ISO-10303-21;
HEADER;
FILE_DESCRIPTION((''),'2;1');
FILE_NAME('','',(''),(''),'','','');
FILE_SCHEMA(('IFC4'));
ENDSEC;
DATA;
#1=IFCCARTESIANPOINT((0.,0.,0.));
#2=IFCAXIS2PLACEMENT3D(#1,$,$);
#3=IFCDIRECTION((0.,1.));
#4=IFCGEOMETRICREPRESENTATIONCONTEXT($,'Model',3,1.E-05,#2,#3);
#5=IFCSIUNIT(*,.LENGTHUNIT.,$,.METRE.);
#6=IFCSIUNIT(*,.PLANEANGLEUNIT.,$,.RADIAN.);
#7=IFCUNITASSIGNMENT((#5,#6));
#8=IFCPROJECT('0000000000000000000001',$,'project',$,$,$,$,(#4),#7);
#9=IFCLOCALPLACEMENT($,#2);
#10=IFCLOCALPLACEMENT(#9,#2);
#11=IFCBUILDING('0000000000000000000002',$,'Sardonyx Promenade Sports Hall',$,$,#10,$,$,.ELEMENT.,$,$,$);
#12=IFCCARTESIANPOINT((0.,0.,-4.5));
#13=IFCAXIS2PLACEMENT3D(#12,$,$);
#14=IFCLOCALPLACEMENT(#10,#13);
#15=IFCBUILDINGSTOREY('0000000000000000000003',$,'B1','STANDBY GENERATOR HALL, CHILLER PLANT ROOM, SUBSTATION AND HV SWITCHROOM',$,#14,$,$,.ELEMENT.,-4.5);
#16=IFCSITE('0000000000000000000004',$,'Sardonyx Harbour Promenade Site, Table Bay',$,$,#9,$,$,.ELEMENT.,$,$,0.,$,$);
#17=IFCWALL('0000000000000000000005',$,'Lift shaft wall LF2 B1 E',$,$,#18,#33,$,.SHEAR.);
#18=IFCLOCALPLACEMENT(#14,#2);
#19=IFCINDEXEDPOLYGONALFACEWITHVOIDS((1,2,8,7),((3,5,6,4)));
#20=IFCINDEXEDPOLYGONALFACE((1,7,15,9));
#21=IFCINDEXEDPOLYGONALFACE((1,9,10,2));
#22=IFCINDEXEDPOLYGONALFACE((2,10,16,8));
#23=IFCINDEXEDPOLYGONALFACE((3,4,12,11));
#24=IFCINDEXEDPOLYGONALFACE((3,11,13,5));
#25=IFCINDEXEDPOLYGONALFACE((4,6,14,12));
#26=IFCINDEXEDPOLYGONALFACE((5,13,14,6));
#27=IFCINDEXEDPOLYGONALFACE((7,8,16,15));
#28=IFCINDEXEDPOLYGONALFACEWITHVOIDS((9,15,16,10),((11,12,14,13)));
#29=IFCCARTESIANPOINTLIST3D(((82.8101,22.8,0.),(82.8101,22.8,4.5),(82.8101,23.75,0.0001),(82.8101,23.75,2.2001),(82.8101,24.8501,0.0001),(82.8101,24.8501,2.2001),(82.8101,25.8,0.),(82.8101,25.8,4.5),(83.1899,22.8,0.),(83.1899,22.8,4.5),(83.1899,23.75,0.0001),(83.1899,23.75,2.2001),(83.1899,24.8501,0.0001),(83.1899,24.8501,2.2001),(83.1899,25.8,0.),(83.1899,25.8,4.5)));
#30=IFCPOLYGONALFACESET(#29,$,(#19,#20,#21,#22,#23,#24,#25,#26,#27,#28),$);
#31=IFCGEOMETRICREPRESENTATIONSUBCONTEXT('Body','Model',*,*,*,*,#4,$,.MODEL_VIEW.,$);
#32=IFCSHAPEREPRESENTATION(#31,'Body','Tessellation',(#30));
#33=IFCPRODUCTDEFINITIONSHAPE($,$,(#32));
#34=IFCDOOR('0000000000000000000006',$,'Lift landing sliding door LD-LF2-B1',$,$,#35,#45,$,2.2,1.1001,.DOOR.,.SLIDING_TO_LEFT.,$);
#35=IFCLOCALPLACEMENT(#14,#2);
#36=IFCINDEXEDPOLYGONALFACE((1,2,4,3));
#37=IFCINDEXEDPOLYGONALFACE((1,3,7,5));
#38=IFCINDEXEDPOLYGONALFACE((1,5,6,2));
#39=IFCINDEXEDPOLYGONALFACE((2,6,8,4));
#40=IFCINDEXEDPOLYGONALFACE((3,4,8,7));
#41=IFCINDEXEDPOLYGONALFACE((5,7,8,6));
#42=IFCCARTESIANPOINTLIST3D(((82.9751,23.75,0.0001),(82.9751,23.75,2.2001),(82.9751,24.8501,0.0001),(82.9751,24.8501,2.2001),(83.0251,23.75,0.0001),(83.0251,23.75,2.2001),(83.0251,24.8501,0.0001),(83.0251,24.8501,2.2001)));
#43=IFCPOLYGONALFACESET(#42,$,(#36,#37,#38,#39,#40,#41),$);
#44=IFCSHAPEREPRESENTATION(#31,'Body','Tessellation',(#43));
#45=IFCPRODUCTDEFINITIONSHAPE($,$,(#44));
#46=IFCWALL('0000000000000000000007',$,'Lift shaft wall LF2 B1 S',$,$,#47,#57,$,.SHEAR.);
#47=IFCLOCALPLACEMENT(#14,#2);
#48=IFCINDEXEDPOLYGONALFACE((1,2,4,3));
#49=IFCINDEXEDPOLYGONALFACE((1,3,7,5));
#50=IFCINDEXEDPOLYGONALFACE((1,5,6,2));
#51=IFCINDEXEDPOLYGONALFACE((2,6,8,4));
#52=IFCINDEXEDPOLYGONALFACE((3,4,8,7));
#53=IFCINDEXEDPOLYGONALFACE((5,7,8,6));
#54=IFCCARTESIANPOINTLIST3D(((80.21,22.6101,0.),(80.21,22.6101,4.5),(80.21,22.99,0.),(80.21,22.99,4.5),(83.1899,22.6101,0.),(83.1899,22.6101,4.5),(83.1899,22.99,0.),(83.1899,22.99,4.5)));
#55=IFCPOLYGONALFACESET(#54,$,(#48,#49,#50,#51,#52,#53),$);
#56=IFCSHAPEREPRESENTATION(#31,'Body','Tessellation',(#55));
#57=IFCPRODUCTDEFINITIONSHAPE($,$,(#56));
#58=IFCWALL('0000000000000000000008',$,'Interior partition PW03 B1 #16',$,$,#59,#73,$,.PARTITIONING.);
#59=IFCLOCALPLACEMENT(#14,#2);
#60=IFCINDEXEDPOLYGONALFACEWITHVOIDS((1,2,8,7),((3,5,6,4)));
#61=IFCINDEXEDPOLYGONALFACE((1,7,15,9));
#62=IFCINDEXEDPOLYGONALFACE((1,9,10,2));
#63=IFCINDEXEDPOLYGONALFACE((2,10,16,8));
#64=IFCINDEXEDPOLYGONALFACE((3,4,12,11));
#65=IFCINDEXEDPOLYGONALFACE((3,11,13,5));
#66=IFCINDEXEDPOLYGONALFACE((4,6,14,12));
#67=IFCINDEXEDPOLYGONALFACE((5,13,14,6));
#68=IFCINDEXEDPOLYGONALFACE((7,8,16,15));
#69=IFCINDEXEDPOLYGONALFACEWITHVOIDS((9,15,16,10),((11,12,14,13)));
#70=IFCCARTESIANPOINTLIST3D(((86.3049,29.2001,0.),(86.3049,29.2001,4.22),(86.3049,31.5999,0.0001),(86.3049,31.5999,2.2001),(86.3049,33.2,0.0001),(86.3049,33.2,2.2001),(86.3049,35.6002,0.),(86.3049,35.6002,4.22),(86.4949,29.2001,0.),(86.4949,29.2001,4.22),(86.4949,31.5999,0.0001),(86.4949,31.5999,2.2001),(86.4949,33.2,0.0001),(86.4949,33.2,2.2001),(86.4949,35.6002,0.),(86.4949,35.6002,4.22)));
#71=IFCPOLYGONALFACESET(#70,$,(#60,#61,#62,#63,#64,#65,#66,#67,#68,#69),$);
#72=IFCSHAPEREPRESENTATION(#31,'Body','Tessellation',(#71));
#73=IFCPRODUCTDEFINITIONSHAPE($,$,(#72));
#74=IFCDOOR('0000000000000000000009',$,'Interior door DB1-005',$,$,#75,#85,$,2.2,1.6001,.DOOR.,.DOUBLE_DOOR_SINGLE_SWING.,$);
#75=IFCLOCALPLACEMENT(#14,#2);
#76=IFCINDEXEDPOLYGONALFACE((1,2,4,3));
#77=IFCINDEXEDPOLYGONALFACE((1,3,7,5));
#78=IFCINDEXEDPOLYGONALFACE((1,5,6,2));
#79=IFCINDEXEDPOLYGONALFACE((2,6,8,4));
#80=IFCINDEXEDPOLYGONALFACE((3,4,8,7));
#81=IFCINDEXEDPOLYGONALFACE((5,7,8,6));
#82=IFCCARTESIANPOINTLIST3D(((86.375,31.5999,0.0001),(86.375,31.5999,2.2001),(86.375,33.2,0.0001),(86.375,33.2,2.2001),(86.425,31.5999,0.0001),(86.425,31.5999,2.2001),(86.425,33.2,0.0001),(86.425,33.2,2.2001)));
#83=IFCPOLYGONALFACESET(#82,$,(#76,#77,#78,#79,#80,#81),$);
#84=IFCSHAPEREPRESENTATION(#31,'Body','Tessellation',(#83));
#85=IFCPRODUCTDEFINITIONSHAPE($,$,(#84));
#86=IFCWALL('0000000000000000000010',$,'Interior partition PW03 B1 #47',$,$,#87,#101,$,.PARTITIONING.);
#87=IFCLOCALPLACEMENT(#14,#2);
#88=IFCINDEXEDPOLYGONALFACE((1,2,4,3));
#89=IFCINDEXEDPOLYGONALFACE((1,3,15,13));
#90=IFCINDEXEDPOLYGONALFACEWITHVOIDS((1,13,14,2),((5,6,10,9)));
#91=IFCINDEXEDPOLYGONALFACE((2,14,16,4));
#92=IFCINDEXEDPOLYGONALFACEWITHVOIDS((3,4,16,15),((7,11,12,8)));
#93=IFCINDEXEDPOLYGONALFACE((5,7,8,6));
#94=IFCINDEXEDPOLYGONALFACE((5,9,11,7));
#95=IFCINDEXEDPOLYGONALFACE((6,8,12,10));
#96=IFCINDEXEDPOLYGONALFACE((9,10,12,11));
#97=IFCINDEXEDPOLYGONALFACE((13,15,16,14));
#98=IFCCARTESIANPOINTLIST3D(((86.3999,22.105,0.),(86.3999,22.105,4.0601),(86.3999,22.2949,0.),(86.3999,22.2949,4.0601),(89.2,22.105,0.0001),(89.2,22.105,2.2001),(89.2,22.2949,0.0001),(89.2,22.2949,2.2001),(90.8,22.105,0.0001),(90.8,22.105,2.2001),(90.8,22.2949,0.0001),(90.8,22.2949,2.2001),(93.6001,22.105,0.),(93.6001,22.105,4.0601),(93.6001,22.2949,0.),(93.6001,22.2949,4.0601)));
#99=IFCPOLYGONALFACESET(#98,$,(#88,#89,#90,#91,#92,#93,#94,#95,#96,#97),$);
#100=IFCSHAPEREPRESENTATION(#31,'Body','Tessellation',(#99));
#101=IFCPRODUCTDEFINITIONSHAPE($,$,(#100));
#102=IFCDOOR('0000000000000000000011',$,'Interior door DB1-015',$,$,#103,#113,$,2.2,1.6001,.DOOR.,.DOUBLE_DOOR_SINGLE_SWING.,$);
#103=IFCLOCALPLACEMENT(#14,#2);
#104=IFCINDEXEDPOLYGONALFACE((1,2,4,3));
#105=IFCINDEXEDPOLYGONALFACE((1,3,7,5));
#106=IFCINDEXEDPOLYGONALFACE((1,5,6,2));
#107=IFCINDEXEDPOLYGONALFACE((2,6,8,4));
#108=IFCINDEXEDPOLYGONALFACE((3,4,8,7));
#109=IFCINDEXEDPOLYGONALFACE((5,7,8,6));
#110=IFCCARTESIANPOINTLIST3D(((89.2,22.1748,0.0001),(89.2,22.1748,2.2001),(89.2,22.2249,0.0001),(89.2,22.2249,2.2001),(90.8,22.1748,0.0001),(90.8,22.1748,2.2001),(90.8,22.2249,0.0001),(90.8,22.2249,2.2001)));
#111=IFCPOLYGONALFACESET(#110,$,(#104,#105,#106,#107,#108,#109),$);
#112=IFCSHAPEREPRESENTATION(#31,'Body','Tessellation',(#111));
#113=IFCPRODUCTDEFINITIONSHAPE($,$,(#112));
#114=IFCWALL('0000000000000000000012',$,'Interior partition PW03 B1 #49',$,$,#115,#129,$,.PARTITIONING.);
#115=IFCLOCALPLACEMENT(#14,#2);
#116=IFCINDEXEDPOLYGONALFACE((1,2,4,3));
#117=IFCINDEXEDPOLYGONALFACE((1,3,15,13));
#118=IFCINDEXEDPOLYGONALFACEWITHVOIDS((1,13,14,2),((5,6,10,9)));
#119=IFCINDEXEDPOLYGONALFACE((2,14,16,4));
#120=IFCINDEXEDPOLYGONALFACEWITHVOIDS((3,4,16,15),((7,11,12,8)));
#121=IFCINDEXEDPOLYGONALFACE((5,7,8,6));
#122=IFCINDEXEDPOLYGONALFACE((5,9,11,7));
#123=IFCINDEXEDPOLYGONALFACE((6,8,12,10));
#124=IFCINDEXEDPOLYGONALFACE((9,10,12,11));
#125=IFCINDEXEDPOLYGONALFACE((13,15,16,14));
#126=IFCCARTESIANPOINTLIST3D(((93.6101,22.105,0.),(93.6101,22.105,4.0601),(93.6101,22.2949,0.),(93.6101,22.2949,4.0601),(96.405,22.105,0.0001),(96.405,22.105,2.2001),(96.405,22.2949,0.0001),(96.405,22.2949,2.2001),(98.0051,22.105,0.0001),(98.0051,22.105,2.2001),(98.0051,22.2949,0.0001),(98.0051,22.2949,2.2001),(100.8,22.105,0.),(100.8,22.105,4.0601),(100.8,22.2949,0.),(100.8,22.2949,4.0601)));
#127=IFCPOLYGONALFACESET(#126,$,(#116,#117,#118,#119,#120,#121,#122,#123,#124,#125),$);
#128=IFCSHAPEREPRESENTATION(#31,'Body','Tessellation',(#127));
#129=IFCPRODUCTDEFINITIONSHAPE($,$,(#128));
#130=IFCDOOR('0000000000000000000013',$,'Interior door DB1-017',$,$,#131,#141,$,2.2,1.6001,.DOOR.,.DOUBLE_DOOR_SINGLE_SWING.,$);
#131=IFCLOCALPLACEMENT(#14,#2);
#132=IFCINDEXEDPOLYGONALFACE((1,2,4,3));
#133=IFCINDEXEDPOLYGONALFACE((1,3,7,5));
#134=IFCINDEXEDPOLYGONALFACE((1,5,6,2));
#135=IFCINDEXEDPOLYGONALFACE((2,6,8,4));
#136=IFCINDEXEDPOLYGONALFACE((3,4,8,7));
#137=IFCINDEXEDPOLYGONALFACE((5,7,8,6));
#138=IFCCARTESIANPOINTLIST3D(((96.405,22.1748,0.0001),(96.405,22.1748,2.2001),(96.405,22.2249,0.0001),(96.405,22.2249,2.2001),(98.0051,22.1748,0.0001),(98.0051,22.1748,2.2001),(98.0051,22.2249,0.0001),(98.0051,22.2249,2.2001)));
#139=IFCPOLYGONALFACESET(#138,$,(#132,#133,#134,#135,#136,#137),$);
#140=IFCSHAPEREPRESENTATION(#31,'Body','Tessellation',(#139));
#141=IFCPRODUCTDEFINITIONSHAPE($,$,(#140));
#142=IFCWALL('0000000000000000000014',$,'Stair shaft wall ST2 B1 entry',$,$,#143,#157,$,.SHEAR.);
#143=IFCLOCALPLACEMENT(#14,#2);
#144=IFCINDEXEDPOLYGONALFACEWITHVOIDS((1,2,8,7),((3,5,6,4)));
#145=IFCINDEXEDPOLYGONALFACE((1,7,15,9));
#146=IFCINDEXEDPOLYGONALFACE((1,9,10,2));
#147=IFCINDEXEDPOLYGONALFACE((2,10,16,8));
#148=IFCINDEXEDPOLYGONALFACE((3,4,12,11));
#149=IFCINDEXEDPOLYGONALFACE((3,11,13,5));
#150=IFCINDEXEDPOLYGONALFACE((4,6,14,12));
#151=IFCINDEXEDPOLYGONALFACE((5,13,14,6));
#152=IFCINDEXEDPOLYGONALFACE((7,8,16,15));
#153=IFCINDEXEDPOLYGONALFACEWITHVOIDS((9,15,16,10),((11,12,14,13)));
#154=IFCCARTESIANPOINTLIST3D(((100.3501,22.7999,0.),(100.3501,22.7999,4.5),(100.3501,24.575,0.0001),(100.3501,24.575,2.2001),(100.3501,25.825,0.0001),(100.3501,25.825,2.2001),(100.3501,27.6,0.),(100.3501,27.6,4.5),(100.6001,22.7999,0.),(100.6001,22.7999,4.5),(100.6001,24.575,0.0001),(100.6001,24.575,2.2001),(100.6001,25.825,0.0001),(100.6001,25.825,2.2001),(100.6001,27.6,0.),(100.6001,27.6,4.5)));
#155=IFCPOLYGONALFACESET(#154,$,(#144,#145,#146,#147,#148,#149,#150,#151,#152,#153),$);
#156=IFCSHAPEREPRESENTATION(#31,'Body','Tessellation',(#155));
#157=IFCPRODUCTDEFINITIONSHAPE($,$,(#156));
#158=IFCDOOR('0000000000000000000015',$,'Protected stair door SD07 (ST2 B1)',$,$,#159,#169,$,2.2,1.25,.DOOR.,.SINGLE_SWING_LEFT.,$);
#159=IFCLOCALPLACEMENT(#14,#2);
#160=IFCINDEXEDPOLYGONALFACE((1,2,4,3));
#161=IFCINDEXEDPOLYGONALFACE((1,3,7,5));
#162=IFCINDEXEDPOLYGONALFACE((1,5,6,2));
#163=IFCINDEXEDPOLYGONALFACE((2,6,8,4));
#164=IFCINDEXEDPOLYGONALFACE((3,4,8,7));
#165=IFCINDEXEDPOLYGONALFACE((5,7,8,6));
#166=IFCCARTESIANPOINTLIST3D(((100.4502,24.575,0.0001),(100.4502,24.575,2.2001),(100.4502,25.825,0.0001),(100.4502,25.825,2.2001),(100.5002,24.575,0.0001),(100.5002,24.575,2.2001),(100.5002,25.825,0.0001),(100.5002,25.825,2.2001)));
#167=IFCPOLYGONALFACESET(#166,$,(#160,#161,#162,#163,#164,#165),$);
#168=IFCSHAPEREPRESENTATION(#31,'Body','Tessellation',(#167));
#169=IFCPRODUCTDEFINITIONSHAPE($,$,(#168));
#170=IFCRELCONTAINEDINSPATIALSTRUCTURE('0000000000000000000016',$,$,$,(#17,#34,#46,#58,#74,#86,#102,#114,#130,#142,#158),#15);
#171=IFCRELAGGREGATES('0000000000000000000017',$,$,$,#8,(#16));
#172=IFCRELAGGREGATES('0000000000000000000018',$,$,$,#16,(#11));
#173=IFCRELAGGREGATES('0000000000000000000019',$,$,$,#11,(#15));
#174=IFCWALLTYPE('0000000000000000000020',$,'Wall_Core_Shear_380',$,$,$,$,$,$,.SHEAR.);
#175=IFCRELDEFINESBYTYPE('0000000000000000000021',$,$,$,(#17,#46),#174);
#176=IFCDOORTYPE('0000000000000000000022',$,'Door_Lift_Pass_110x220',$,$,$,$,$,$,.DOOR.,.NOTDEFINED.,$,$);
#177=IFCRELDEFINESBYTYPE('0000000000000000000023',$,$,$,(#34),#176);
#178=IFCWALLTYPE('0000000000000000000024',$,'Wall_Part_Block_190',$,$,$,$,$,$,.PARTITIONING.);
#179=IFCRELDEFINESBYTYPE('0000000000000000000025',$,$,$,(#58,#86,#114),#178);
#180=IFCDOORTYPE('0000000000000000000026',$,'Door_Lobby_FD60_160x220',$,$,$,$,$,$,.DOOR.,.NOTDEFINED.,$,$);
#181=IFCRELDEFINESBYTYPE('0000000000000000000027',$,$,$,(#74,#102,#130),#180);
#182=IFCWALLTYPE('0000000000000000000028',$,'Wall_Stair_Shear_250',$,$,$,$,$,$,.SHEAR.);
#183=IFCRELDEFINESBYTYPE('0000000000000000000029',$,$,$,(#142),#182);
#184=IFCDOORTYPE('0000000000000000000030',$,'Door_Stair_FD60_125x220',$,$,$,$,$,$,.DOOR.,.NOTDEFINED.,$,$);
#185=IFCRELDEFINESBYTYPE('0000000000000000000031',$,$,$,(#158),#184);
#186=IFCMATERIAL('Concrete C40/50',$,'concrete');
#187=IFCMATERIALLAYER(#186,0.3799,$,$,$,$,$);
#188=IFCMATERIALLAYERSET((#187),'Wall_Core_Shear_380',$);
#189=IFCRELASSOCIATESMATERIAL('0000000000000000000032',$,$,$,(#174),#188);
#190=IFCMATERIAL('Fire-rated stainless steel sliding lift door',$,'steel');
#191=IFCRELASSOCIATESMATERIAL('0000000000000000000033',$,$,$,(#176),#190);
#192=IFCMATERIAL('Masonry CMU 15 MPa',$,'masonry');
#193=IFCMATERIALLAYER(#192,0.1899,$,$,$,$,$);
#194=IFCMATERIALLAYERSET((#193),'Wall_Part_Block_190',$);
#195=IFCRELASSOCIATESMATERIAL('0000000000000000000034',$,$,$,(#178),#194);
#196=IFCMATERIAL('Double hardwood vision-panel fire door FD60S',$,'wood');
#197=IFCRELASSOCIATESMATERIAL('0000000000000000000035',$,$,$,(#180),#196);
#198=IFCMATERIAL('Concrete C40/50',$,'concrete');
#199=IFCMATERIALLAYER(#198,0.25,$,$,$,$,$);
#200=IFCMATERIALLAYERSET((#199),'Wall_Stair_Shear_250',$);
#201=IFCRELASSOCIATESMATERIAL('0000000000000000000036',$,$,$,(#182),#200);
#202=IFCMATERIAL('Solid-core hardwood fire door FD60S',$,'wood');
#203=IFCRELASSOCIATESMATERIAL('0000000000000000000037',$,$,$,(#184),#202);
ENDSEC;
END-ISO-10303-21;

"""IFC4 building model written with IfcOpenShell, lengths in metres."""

from ifc_helpers import new_model, si_unit, direction, frame, frame_2d, origin, place, context, subcontext, project, spatial, rectangle, extrude, material, layer, layer_set, type_object, element, fill, save


model = new_model("IFC4")

# Units and contexts
model_context = context("Model", 3, precision=1e-05, world=origin(), true_north=direction((0.0, 1.0)))
body_context = subcontext(model_context, "Body", "Model", "MODEL_VIEW")
ifc_project = project(units=[si_unit("LENGTHUNIT", "METRE"), si_unit("PLANEANGLEUNIT", "RADIAN")], contexts=[model_context])

# Site, building, storey
site_placement = place(None, origin())
site = spatial("IfcSite", under=ifc_project, at=site_placement, Name="Sardonyx Harbour Promenade Site, Table Bay", CompositionType="ELEMENT", RefElevation=0.0)
building_placement = place(site_placement, origin())
building = spatial("IfcBuilding", under=site, at=building_placement, Name="Sardonyx Promenade Sports Hall", CompositionType="ELEMENT")
storey_placement = place(building_placement, frame((0.0, 0.0, -4.5)))
storey = spatial("IfcBuildingStorey", under=building, at=storey_placement, Name="B1", Description="STANDBY GENERATOR HALL, CHILLER PLANT ROOM, SUBSTATION AND HV SWITCHROOM", CompositionType="ELEMENT", Elevation=-4.5)

# Shared definitions
ifc_material_1 = material(Name="Concrete C40/50", Category="concrete")
ifc_layer_1 = layer(ifc_material_1, 0.3799)
ifc_layer_set_1 = layer_set([ifc_layer_1], Name="Wall_Core_Shear_380")
wall_type_1 = type_object("IfcWallType", Name="Wall_Core_Shear_380", PredefinedType="SHEAR", material=ifc_layer_set_1)

# Wall, opening, door
wall_1_placement = place(storey_placement, frame((83.0, 22.8, 0.0), z_axis=(0.0, 0.0, 1.0), x_axis=(0.0, 1.0, 0.0)))
wall_1 = element("IfcWall", 1, at=wall_1_placement, inside=storey, type_object=wall_type_1, Name="Lift shaft wall LF2 B1 E", PredefinedType="SHEAR", context=body_context, shape_type="SweptSolid", body=[
    extrude(rectangle(XDim=3.0, YDim=0.3799, at=frame_2d((1.5, 0.0))), origin(), (0.0, 0.0, 1.0), 4.5),
])
opening_1_placement = place(wall_1_placement, frame((0.95, 0.0, 0.0)))
opening_1 = element("IfcOpeningElement", 2, at=opening_1_placement, cuts=wall_1, PredefinedType="OPENING", context=body_context, shape_type="SweptSolid", body=[
    extrude(rectangle(XDim=1.1001, YDim=2.2, at=frame_2d((0.55, 1.1001))), frame((0.0, 0.2, 0.0), z_axis=(0.0, -1.0, 0.0), x_axis=(1.0, 0.0, 0.0)), (0.0, 0.0, 1.0), 0.4),
])
ifc_material_2 = material(Name="Fire-rated stainless steel sliding lift door", Category="steel")
door_type_1 = type_object("IfcDoorType", Name="Door_Lift_Pass_110x220", OperationType="NOTDEFINED", PredefinedType="DOOR", material=ifc_material_2)
door_1_placement = place(opening_1_placement, origin())
door_1 = element("IfcDoor", 3, at=door_1_placement, inside=storey, type_object=door_type_1, Name="Lift landing sliding door LD-LF2-B1", OperationType="SLIDING_TO_LEFT", OverallHeight=2.2, OverallWidth=1.1001, PredefinedType="DOOR", context=body_context, shape_type="SweptSolid", body=[
    extrude(rectangle(XDim=1.1001, YDim=2.2, at=frame_2d((0.55, 1.1001))), frame((0.0, 0.0249, 0.0), z_axis=(0.0, -1.0, 0.0), x_axis=(1.0, 0.0, 0.0)), (0.0, 0.0, 1.0), 0.05),
])
fill(opening_1, door_1)

# Wall
wall_2_placement = place(storey_placement, frame((83.1899, 22.8, 0.0), z_axis=(0.0, 0.0, 1.0), x_axis=(-1.0, 0.0, 0.0)))
element("IfcWall", 4, at=wall_2_placement, inside=storey, type_object=wall_type_1, Name="Lift shaft wall LF2 B1 S", PredefinedType="SHEAR", context=body_context, shape_type="SweptSolid", body=[
    extrude(rectangle(XDim=2.98, YDim=0.3799, at=frame_2d((1.49, 0.0))), origin(), (0.0, 0.0, 1.0), 4.5),
])

# Walls, openings, doors
ifc_material_3 = material(Name="Masonry CMU 15 MPa", Category="masonry")
ifc_layer_2 = layer(ifc_material_3, 0.1899)
ifc_layer_set_2 = layer_set([ifc_layer_2], Name="Wall_Part_Block_190")
wall_type_2 = type_object("IfcWallType", Name="Wall_Part_Block_190", PredefinedType="PARTITIONING", material=ifc_layer_set_2)
wall_3_placement = place(storey_placement, frame((86.3999, 29.2, 0.0), z_axis=(0.0, 0.0, 1.0), x_axis=(0.0, 1.0, 0.0)))
wall_3 = element("IfcWall", 5, at=wall_3_placement, inside=storey, type_object=wall_type_2, Name="Interior partition PW03 B1 #16", PredefinedType="PARTITIONING", context=body_context, shape_type="SweptSolid", body=[
    extrude(rectangle(XDim=6.4001, YDim=0.1899, at=frame_2d((3.2002, 0.0))), origin(), (0.0, 0.0, 1.0), 4.22),
])
opening_2_placement = place(wall_3_placement, frame((2.3999, 0.0, 0.0)))
opening_2 = element("IfcOpeningElement", 6, at=opening_2_placement, cuts=wall_3, PredefinedType="OPENING", context=body_context, shape_type="SweptSolid", body=[
    extrude(rectangle(XDim=1.6001, YDim=2.2, at=frame_2d((0.8, 1.1001))), frame((0.0, 0.105, 0.0), z_axis=(0.0, -1.0, 0.0), x_axis=(1.0, 0.0, 0.0)), (0.0, 0.0, 1.0), 0.21),
])
ifc_material_4 = material(Name="Double hardwood vision-panel fire door FD60S", Category="wood")
door_type_2 = type_object("IfcDoorType", Name="Door_Lobby_FD60_160x220", OperationType="NOTDEFINED", PredefinedType="DOOR", material=ifc_material_4)
door_2_placement = place(opening_2_placement, origin())
door_2 = element("IfcDoor", 7, at=door_2_placement, inside=storey, type_object=door_type_2, Name="Interior door DB1-005", OperationType="DOUBLE_DOOR_SINGLE_SWING", OverallHeight=2.2, OverallWidth=1.6001, PredefinedType="DOOR", context=body_context, shape_type="SweptSolid", body=[
    extrude(rectangle(XDim=1.6001, YDim=2.2, at=frame_2d((0.8, 1.1001))), frame((0.0, 0.0249, 0.0), z_axis=(0.0, -1.0, 0.0), x_axis=(1.0, 0.0, 0.0)), (0.0, 0.0, 1.0), 0.05),
])
fill(opening_2, door_2)
wall_4_placement = place(storey_placement, frame((86.3999, 22.2, 0.0), z_axis=(0.0, 0.0, 1.0), x_axis=(1.0, 0.0, 0.0)))
wall_4 = element("IfcWall", 8, at=wall_4_placement, inside=storey, type_object=wall_type_2, Name="Interior partition PW03 B1 #47", PredefinedType="PARTITIONING", context=body_context, shape_type="SweptSolid", body=[
    extrude(rectangle(XDim=7.2002, YDim=0.1899, at=frame_2d((3.6001, 0.0))), origin(), (0.0, 0.0, 1.0), 4.0601),
])
opening_3_placement = place(wall_4_placement, frame((2.8, 0.0, 0.0)))
opening_3 = element("IfcOpeningElement", 9, at=opening_3_placement, cuts=wall_4, PredefinedType="OPENING", context=body_context, shape_type="SweptSolid", body=[
    extrude(rectangle(XDim=1.6001, YDim=2.2, at=frame_2d((0.8, 1.1001))), frame((0.0, 0.105, 0.0), z_axis=(0.0, -1.0, 0.0), x_axis=(1.0, 0.0, 0.0)), (0.0, 0.0, 1.0), 0.21),
])
door_3_placement = place(opening_3_placement, origin())
door_3 = element("IfcDoor", 10, at=door_3_placement, inside=storey, type_object=door_type_2, Name="Interior door DB1-015", OperationType="DOUBLE_DOOR_SINGLE_SWING", OverallHeight=2.2, OverallWidth=1.6001, PredefinedType="DOOR", context=body_context, shape_type="SweptSolid", body=[
    extrude(rectangle(XDim=1.6001, YDim=2.2, at=frame_2d((0.8, 1.1001))), frame((0.0, 0.0249, 0.0), z_axis=(0.0, -1.0, 0.0), x_axis=(1.0, 0.0, 0.0)), (0.0, 0.0, 1.0), 0.05),
])
fill(opening_3, door_3)
wall_5_placement = place(storey_placement, frame((93.6101, 22.2, 0.0), z_axis=(0.0, 0.0, 1.0), x_axis=(1.0, 0.0, 0.0)))
wall_5 = element("IfcWall", 11, at=wall_5_placement, inside=storey, type_object=wall_type_2, Name="Interior partition PW03 B1 #49", PredefinedType="PARTITIONING", context=body_context, shape_type="SweptSolid", body=[
    extrude(rectangle(XDim=7.1899, YDim=0.1899, at=frame_2d((3.595, 0.0))), origin(), (0.0, 0.0, 1.0), 4.0601),
])
opening_4_placement = place(wall_5_placement, frame((2.7949, 0.0, 0.0)))
opening_4 = element("IfcOpeningElement", 12, at=opening_4_placement, cuts=wall_5, PredefinedType="OPENING", context=body_context, shape_type="SweptSolid", body=[
    extrude(rectangle(XDim=1.6001, YDim=2.2, at=frame_2d((0.8, 1.1001))), frame((0.0, 0.105, 0.0), z_axis=(0.0, -1.0, 0.0), x_axis=(1.0, 0.0, 0.0)), (0.0, 0.0, 1.0), 0.21),
])
door_4_placement = place(opening_4_placement, origin())
door_4 = element("IfcDoor", 13, at=door_4_placement, inside=storey, type_object=door_type_2, Name="Interior door DB1-017", OperationType="DOUBLE_DOOR_SINGLE_SWING", OverallHeight=2.2, OverallWidth=1.6001, PredefinedType="DOOR", context=body_context, shape_type="SweptSolid", body=[
    extrude(rectangle(XDim=1.6001, YDim=2.2, at=frame_2d((0.8, 1.1001))), frame((0.0, 0.0249, 0.0), z_axis=(0.0, -1.0, 0.0), x_axis=(1.0, 0.0, 0.0)), (0.0, 0.0, 1.0), 0.05),
])
fill(opening_4, door_4)
ifc_material_5 = material(Name="Concrete C40/50", Category="concrete")
ifc_layer_3 = layer(ifc_material_5, 0.25)
ifc_layer_set_3 = layer_set([ifc_layer_3], Name="Wall_Stair_Shear_250")
wall_type_3 = type_object("IfcWallType", Name="Wall_Stair_Shear_250", PredefinedType="SHEAR", material=ifc_layer_set_3)
wall_6_placement = place(storey_placement, frame((100.4751, 22.8, 0.0), z_axis=(0.0, 0.0, 1.0), x_axis=(0.0, 1.0, 0.0)))
wall_6 = element("IfcWall", 14, at=wall_6_placement, inside=storey, type_object=wall_type_3, Name="Stair shaft wall ST2 B1 entry", PredefinedType="SHEAR", context=body_context, shape_type="SweptSolid", body=[
    extrude(rectangle(XDim=4.8, YDim=0.25, at=frame_2d((2.3999, 0.0))), origin(), (0.0, 0.0, 1.0), 4.5),
])
opening_5_placement = place(wall_6_placement, frame((1.7749, 0.0, 0.0)))
opening_5 = element("IfcOpeningElement", 15, at=opening_5_placement, cuts=wall_6, PredefinedType="OPENING", context=body_context, shape_type="SweptSolid", body=[
    extrude(rectangle(XDim=1.25, YDim=2.2, at=frame_2d((0.625, 1.1001))), frame((0.0, 0.135, 0.0), z_axis=(0.0, -1.0, 0.0), x_axis=(1.0, 0.0, 0.0)), (0.0, 0.0, 1.0), 0.27),
])
ifc_material_6 = material(Name="Solid-core hardwood fire door FD60S", Category="wood")
door_type_3 = type_object("IfcDoorType", Name="Door_Stair_FD60_125x220", OperationType="NOTDEFINED", PredefinedType="DOOR", material=ifc_material_6)
door_5_placement = place(opening_5_placement, origin())
door_5 = element("IfcDoor", 16, at=door_5_placement, inside=storey, type_object=door_type_3, Name="Protected stair door SD07 (ST2 B1)", OperationType="SINGLE_SWING_LEFT", OverallHeight=2.2, OverallWidth=1.25, PredefinedType="DOOR", context=body_context, shape_type="SweptSolid", body=[
    extrude(rectangle(XDim=1.25, YDim=2.2, at=frame_2d((0.625, 1.1001))), frame((0.0, 0.0249, 0.0), z_axis=(0.0, -1.0, 0.0), x_axis=(1.0, 0.0, 0.0)), (0.0, 0.0, 1.0), 0.05),
])
fill(opening_5, door_5)

save(model, "model.ifc")
